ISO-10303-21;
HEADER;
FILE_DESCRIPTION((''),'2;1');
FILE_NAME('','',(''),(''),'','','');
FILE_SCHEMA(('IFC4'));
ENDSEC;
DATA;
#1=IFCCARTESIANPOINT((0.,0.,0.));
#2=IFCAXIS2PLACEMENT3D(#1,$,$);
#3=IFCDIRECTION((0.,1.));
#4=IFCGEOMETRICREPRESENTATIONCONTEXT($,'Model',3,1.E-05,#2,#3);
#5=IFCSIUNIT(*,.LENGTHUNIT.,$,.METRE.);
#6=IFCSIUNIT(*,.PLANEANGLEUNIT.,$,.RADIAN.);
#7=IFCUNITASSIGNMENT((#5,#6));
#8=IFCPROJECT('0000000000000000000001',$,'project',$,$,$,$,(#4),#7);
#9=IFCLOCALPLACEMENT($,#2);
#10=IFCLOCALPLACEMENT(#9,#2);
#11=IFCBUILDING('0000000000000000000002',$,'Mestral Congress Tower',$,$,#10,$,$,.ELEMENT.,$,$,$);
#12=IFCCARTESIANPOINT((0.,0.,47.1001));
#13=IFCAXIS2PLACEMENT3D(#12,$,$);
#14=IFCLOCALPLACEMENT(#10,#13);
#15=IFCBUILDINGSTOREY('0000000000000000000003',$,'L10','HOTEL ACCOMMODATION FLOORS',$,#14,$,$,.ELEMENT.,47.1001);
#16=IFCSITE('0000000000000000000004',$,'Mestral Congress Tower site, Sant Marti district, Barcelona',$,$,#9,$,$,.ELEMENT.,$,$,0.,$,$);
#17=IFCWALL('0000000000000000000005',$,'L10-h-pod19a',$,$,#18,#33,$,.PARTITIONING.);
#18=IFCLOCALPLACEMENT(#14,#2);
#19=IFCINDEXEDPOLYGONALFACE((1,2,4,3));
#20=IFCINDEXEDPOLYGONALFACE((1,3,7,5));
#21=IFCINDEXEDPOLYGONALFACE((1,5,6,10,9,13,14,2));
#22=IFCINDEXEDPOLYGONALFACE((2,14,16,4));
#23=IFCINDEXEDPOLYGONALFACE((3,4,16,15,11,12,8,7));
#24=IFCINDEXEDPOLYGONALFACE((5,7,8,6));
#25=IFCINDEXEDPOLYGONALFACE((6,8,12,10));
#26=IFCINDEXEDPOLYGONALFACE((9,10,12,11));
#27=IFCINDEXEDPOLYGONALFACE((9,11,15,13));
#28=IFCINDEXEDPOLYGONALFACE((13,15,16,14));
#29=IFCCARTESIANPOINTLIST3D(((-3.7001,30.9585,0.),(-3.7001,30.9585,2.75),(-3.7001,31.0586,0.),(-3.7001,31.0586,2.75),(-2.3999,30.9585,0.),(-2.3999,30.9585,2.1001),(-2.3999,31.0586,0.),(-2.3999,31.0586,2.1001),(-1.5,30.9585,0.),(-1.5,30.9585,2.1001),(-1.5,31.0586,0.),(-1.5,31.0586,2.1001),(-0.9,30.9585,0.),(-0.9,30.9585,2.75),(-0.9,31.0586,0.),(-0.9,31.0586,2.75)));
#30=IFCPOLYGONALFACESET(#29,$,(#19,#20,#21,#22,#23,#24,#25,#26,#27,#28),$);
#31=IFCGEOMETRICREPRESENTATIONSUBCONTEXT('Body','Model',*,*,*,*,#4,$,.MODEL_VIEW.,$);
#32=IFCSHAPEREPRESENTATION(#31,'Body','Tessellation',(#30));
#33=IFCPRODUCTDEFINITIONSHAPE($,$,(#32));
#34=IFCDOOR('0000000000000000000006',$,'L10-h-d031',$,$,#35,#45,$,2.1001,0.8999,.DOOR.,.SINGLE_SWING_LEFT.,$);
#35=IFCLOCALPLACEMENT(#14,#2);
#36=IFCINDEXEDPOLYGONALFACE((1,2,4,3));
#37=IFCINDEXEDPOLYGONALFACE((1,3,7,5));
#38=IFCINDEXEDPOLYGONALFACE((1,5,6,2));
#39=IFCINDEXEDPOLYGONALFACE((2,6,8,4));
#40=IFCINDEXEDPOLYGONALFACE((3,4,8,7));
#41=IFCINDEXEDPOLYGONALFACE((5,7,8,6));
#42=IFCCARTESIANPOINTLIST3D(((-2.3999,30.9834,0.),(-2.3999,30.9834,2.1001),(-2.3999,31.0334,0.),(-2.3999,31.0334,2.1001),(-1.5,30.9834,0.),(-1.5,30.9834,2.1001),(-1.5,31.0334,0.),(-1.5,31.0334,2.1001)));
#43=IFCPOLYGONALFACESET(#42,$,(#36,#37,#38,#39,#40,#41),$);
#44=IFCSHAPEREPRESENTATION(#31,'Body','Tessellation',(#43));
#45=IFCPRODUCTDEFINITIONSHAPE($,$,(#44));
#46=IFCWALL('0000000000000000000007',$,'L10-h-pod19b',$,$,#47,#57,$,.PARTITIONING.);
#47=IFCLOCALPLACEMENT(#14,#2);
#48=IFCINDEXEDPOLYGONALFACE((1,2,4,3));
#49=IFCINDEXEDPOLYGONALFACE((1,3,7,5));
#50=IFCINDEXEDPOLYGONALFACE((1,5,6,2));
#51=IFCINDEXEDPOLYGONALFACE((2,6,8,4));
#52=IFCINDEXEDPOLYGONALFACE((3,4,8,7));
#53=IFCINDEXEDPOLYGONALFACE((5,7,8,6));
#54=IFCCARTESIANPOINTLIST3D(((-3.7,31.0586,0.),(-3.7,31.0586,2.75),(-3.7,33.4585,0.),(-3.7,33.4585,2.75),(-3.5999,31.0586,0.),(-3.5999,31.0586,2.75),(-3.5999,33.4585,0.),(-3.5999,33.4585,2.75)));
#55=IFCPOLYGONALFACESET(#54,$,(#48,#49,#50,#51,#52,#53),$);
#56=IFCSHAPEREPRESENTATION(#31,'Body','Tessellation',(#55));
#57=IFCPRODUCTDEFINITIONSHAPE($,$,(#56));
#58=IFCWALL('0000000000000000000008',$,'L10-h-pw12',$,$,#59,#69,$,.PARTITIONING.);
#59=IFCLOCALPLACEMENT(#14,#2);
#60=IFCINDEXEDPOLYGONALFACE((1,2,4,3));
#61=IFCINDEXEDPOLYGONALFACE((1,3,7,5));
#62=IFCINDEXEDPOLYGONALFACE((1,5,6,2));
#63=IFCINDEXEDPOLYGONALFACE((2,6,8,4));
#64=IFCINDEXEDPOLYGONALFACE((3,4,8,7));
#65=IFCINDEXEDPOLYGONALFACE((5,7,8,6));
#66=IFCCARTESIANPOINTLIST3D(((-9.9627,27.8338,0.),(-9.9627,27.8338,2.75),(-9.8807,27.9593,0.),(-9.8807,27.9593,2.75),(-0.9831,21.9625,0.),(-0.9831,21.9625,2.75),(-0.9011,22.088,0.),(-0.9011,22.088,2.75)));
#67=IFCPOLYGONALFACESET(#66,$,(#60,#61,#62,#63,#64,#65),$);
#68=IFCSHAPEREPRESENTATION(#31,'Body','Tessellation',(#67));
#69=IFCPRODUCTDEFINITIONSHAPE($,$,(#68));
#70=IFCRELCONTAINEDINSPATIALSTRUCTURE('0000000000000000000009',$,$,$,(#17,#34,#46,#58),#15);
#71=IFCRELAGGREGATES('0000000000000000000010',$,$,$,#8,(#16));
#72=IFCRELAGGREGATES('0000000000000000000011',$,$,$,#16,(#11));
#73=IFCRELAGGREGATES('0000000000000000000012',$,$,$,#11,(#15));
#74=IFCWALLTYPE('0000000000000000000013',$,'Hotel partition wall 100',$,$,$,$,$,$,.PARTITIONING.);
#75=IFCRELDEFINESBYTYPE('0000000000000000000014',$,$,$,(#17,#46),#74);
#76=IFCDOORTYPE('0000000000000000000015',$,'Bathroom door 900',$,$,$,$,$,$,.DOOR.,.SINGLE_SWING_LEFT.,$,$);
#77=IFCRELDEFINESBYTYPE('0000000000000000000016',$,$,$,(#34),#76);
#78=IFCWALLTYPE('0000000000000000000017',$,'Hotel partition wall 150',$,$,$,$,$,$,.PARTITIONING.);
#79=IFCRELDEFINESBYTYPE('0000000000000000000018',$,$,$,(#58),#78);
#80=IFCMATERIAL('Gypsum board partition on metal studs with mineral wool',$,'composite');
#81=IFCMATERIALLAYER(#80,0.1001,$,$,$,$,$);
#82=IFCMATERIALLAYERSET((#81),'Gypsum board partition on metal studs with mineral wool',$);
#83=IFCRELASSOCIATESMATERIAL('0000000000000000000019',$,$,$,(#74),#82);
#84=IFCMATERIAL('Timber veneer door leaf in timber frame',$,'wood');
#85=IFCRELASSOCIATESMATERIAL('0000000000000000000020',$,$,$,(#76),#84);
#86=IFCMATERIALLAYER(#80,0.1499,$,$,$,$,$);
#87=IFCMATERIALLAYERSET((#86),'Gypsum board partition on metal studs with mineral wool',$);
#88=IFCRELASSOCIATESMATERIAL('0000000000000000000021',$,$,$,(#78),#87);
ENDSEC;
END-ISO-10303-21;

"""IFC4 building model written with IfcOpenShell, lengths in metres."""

from ifc_helpers import new_model, si_unit, direction, frame, frame_2d, origin, place, context, subcontext, project, spatial, rectangle, extrude, material, layer, layer_set, type_object, element, fill, save


model = new_model("IFC4")

# Units and contexts
model_context = context("Model", 3, precision=1e-05, world=origin(), true_north=direction((0.0, 1.0)))
body_context = subcontext(model_context, "Body", "Model", "MODEL_VIEW")
ifc_project = project(units=[si_unit("LENGTHUNIT", "METRE"), si_unit("PLANEANGLEUNIT", "RADIAN")], contexts=[model_context])

# Site, building, storey
site_placement = place(None, origin())
site = spatial("IfcSite", under=ifc_project, at=site_placement, Name="Mestral Congress Tower site, Sant Marti district, Barcelona", CompositionType="ELEMENT", RefElevation=0.0)
building_placement = place(site_placement, origin())
building = spatial("IfcBuilding", under=site, at=building_placement, Name="Mestral Congress Tower", CompositionType="ELEMENT")
storey_placement = place(building_placement, frame((0.0, 0.0, 47.1001)))
storey = spatial("IfcBuildingStorey", under=building, at=storey_placement, Name="L10", Description="HOTEL ACCOMMODATION FLOORS", CompositionType="ELEMENT", Elevation=47.1001)

# Wall, opening, door
ifc_material_1 = material(Name="Gypsum board partition on metal studs with mineral wool", Category="composite")
ifc_layer_1 = layer(ifc_material_1, 0.1001)
ifc_layer_set_1 = layer_set([ifc_layer_1], Name="Gypsum board partition on metal studs with mineral wool")
wall_type_1 = type_object("IfcWallType", Name="Hotel partition wall 100", PredefinedType="PARTITIONING", material=ifc_layer_set_1)
wall_1_placement = place(storey_placement, frame((-3.7, 31.0085, 0.0), z_axis=(0.0, 0.0, 1.0), x_axis=(1.0, 0.0, 0.0)))
wall_1 = element("IfcWall", 1, at=wall_1_placement, inside=storey, type_object=wall_type_1, Name="L10-h-pod19a", PredefinedType="PARTITIONING", context=body_context, shape_type="SweptSolid", body=[
    extrude(rectangle(XDim=2.8, YDim=0.1001, at=frame_2d((1.3999, 0.0))), origin(), (0.0, 0.0, 1.0), 2.75),
])
opening_1_placement = place(wall_1_placement, frame((1.3, 0.0, 0.0)))
opening_1 = element("IfcOpeningElement", 2, at=opening_1_placement, cuts=wall_1, PredefinedType="OPENING", context=body_context, shape_type="SweptSolid", body=[
    extrude(rectangle(XDim=0.8999, YDim=2.1001, at=frame_2d((0.45, 1.05))), frame((0.0, 0.0601, 0.0), z_axis=(0.0, -1.0, 0.0), x_axis=(1.0, 0.0, 0.0)), (0.0, 0.0, 1.0), 0.1201),
])
ifc_material_2 = material(Name="Timber veneer door leaf in timber frame", Category="wood")
door_type = type_object("IfcDoorType", Name="Bathroom door 900", OperationType="SINGLE_SWING_LEFT", PredefinedType="DOOR", material=ifc_material_2)
door_placement = place(opening_1_placement, origin())
door = element("IfcDoor", 3, at=door_placement, inside=storey, type_object=door_type, Name="L10-h-d031", OperationType="SINGLE_SWING_LEFT", OverallHeight=2.1001, OverallWidth=0.8999, PredefinedType="DOOR", context=body_context, shape_type="SweptSolid", body=[
    extrude(rectangle(XDim=0.8999, YDim=2.1001, at=frame_2d((0.45, 1.05))), frame((0.0, 0.0249, 0.0), z_axis=(0.0, -1.0, 0.0), x_axis=(1.0, 0.0, 0.0)), (0.0, 0.0, 1.0), 0.05),
])
fill(opening_1, door)

# Walls
wall_2_placement = place(storey_placement, frame((-3.6499, 31.0586, 0.0), z_axis=(0.0, 0.0, 1.0), x_axis=(0.0, 1.0, 0.0)))
element("IfcWall", 4, at=wall_2_placement, inside=storey, type_object=wall_type_1, Name="L10-h-pod19b", PredefinedType="PARTITIONING", context=body_context, shape_type="SweptSolid", body=[
    extrude(rectangle(XDim=2.3999, YDim=0.1001, at=frame_2d((1.2, 0.0))), origin(), (0.0, 0.0, 1.0), 2.75),
])
ifc_layer_2 = layer(ifc_material_1, 0.1499)
ifc_layer_set_2 = layer_set([ifc_layer_2], Name="Gypsum board partition on metal studs with mineral wool")
wall_type_2 = type_object("IfcWallType", Name="Hotel partition wall 150", PredefinedType="PARTITIONING", material=ifc_layer_set_2)
wall_3_placement = place(storey_placement, frame((-9.9216, 27.8965, 0.0), z_axis=(0.0, 0.0, 1.0), x_axis=(0.836971, -0.547248, 0.0)))
element("IfcWall", 5, at=wall_3_placement, inside=storey, type_object=wall_type_2, Name="L10-h-pw12", PredefinedType="PARTITIONING", context=body_context, shape_type="SweptSolid", body=[
    extrude(rectangle(XDim=10.7288, YDim=0.1499, at=frame_2d((5.3643, 0.0))), origin(), (0.0, 0.0, 1.0), 2.75),
])

save(model, "model.ifc")
